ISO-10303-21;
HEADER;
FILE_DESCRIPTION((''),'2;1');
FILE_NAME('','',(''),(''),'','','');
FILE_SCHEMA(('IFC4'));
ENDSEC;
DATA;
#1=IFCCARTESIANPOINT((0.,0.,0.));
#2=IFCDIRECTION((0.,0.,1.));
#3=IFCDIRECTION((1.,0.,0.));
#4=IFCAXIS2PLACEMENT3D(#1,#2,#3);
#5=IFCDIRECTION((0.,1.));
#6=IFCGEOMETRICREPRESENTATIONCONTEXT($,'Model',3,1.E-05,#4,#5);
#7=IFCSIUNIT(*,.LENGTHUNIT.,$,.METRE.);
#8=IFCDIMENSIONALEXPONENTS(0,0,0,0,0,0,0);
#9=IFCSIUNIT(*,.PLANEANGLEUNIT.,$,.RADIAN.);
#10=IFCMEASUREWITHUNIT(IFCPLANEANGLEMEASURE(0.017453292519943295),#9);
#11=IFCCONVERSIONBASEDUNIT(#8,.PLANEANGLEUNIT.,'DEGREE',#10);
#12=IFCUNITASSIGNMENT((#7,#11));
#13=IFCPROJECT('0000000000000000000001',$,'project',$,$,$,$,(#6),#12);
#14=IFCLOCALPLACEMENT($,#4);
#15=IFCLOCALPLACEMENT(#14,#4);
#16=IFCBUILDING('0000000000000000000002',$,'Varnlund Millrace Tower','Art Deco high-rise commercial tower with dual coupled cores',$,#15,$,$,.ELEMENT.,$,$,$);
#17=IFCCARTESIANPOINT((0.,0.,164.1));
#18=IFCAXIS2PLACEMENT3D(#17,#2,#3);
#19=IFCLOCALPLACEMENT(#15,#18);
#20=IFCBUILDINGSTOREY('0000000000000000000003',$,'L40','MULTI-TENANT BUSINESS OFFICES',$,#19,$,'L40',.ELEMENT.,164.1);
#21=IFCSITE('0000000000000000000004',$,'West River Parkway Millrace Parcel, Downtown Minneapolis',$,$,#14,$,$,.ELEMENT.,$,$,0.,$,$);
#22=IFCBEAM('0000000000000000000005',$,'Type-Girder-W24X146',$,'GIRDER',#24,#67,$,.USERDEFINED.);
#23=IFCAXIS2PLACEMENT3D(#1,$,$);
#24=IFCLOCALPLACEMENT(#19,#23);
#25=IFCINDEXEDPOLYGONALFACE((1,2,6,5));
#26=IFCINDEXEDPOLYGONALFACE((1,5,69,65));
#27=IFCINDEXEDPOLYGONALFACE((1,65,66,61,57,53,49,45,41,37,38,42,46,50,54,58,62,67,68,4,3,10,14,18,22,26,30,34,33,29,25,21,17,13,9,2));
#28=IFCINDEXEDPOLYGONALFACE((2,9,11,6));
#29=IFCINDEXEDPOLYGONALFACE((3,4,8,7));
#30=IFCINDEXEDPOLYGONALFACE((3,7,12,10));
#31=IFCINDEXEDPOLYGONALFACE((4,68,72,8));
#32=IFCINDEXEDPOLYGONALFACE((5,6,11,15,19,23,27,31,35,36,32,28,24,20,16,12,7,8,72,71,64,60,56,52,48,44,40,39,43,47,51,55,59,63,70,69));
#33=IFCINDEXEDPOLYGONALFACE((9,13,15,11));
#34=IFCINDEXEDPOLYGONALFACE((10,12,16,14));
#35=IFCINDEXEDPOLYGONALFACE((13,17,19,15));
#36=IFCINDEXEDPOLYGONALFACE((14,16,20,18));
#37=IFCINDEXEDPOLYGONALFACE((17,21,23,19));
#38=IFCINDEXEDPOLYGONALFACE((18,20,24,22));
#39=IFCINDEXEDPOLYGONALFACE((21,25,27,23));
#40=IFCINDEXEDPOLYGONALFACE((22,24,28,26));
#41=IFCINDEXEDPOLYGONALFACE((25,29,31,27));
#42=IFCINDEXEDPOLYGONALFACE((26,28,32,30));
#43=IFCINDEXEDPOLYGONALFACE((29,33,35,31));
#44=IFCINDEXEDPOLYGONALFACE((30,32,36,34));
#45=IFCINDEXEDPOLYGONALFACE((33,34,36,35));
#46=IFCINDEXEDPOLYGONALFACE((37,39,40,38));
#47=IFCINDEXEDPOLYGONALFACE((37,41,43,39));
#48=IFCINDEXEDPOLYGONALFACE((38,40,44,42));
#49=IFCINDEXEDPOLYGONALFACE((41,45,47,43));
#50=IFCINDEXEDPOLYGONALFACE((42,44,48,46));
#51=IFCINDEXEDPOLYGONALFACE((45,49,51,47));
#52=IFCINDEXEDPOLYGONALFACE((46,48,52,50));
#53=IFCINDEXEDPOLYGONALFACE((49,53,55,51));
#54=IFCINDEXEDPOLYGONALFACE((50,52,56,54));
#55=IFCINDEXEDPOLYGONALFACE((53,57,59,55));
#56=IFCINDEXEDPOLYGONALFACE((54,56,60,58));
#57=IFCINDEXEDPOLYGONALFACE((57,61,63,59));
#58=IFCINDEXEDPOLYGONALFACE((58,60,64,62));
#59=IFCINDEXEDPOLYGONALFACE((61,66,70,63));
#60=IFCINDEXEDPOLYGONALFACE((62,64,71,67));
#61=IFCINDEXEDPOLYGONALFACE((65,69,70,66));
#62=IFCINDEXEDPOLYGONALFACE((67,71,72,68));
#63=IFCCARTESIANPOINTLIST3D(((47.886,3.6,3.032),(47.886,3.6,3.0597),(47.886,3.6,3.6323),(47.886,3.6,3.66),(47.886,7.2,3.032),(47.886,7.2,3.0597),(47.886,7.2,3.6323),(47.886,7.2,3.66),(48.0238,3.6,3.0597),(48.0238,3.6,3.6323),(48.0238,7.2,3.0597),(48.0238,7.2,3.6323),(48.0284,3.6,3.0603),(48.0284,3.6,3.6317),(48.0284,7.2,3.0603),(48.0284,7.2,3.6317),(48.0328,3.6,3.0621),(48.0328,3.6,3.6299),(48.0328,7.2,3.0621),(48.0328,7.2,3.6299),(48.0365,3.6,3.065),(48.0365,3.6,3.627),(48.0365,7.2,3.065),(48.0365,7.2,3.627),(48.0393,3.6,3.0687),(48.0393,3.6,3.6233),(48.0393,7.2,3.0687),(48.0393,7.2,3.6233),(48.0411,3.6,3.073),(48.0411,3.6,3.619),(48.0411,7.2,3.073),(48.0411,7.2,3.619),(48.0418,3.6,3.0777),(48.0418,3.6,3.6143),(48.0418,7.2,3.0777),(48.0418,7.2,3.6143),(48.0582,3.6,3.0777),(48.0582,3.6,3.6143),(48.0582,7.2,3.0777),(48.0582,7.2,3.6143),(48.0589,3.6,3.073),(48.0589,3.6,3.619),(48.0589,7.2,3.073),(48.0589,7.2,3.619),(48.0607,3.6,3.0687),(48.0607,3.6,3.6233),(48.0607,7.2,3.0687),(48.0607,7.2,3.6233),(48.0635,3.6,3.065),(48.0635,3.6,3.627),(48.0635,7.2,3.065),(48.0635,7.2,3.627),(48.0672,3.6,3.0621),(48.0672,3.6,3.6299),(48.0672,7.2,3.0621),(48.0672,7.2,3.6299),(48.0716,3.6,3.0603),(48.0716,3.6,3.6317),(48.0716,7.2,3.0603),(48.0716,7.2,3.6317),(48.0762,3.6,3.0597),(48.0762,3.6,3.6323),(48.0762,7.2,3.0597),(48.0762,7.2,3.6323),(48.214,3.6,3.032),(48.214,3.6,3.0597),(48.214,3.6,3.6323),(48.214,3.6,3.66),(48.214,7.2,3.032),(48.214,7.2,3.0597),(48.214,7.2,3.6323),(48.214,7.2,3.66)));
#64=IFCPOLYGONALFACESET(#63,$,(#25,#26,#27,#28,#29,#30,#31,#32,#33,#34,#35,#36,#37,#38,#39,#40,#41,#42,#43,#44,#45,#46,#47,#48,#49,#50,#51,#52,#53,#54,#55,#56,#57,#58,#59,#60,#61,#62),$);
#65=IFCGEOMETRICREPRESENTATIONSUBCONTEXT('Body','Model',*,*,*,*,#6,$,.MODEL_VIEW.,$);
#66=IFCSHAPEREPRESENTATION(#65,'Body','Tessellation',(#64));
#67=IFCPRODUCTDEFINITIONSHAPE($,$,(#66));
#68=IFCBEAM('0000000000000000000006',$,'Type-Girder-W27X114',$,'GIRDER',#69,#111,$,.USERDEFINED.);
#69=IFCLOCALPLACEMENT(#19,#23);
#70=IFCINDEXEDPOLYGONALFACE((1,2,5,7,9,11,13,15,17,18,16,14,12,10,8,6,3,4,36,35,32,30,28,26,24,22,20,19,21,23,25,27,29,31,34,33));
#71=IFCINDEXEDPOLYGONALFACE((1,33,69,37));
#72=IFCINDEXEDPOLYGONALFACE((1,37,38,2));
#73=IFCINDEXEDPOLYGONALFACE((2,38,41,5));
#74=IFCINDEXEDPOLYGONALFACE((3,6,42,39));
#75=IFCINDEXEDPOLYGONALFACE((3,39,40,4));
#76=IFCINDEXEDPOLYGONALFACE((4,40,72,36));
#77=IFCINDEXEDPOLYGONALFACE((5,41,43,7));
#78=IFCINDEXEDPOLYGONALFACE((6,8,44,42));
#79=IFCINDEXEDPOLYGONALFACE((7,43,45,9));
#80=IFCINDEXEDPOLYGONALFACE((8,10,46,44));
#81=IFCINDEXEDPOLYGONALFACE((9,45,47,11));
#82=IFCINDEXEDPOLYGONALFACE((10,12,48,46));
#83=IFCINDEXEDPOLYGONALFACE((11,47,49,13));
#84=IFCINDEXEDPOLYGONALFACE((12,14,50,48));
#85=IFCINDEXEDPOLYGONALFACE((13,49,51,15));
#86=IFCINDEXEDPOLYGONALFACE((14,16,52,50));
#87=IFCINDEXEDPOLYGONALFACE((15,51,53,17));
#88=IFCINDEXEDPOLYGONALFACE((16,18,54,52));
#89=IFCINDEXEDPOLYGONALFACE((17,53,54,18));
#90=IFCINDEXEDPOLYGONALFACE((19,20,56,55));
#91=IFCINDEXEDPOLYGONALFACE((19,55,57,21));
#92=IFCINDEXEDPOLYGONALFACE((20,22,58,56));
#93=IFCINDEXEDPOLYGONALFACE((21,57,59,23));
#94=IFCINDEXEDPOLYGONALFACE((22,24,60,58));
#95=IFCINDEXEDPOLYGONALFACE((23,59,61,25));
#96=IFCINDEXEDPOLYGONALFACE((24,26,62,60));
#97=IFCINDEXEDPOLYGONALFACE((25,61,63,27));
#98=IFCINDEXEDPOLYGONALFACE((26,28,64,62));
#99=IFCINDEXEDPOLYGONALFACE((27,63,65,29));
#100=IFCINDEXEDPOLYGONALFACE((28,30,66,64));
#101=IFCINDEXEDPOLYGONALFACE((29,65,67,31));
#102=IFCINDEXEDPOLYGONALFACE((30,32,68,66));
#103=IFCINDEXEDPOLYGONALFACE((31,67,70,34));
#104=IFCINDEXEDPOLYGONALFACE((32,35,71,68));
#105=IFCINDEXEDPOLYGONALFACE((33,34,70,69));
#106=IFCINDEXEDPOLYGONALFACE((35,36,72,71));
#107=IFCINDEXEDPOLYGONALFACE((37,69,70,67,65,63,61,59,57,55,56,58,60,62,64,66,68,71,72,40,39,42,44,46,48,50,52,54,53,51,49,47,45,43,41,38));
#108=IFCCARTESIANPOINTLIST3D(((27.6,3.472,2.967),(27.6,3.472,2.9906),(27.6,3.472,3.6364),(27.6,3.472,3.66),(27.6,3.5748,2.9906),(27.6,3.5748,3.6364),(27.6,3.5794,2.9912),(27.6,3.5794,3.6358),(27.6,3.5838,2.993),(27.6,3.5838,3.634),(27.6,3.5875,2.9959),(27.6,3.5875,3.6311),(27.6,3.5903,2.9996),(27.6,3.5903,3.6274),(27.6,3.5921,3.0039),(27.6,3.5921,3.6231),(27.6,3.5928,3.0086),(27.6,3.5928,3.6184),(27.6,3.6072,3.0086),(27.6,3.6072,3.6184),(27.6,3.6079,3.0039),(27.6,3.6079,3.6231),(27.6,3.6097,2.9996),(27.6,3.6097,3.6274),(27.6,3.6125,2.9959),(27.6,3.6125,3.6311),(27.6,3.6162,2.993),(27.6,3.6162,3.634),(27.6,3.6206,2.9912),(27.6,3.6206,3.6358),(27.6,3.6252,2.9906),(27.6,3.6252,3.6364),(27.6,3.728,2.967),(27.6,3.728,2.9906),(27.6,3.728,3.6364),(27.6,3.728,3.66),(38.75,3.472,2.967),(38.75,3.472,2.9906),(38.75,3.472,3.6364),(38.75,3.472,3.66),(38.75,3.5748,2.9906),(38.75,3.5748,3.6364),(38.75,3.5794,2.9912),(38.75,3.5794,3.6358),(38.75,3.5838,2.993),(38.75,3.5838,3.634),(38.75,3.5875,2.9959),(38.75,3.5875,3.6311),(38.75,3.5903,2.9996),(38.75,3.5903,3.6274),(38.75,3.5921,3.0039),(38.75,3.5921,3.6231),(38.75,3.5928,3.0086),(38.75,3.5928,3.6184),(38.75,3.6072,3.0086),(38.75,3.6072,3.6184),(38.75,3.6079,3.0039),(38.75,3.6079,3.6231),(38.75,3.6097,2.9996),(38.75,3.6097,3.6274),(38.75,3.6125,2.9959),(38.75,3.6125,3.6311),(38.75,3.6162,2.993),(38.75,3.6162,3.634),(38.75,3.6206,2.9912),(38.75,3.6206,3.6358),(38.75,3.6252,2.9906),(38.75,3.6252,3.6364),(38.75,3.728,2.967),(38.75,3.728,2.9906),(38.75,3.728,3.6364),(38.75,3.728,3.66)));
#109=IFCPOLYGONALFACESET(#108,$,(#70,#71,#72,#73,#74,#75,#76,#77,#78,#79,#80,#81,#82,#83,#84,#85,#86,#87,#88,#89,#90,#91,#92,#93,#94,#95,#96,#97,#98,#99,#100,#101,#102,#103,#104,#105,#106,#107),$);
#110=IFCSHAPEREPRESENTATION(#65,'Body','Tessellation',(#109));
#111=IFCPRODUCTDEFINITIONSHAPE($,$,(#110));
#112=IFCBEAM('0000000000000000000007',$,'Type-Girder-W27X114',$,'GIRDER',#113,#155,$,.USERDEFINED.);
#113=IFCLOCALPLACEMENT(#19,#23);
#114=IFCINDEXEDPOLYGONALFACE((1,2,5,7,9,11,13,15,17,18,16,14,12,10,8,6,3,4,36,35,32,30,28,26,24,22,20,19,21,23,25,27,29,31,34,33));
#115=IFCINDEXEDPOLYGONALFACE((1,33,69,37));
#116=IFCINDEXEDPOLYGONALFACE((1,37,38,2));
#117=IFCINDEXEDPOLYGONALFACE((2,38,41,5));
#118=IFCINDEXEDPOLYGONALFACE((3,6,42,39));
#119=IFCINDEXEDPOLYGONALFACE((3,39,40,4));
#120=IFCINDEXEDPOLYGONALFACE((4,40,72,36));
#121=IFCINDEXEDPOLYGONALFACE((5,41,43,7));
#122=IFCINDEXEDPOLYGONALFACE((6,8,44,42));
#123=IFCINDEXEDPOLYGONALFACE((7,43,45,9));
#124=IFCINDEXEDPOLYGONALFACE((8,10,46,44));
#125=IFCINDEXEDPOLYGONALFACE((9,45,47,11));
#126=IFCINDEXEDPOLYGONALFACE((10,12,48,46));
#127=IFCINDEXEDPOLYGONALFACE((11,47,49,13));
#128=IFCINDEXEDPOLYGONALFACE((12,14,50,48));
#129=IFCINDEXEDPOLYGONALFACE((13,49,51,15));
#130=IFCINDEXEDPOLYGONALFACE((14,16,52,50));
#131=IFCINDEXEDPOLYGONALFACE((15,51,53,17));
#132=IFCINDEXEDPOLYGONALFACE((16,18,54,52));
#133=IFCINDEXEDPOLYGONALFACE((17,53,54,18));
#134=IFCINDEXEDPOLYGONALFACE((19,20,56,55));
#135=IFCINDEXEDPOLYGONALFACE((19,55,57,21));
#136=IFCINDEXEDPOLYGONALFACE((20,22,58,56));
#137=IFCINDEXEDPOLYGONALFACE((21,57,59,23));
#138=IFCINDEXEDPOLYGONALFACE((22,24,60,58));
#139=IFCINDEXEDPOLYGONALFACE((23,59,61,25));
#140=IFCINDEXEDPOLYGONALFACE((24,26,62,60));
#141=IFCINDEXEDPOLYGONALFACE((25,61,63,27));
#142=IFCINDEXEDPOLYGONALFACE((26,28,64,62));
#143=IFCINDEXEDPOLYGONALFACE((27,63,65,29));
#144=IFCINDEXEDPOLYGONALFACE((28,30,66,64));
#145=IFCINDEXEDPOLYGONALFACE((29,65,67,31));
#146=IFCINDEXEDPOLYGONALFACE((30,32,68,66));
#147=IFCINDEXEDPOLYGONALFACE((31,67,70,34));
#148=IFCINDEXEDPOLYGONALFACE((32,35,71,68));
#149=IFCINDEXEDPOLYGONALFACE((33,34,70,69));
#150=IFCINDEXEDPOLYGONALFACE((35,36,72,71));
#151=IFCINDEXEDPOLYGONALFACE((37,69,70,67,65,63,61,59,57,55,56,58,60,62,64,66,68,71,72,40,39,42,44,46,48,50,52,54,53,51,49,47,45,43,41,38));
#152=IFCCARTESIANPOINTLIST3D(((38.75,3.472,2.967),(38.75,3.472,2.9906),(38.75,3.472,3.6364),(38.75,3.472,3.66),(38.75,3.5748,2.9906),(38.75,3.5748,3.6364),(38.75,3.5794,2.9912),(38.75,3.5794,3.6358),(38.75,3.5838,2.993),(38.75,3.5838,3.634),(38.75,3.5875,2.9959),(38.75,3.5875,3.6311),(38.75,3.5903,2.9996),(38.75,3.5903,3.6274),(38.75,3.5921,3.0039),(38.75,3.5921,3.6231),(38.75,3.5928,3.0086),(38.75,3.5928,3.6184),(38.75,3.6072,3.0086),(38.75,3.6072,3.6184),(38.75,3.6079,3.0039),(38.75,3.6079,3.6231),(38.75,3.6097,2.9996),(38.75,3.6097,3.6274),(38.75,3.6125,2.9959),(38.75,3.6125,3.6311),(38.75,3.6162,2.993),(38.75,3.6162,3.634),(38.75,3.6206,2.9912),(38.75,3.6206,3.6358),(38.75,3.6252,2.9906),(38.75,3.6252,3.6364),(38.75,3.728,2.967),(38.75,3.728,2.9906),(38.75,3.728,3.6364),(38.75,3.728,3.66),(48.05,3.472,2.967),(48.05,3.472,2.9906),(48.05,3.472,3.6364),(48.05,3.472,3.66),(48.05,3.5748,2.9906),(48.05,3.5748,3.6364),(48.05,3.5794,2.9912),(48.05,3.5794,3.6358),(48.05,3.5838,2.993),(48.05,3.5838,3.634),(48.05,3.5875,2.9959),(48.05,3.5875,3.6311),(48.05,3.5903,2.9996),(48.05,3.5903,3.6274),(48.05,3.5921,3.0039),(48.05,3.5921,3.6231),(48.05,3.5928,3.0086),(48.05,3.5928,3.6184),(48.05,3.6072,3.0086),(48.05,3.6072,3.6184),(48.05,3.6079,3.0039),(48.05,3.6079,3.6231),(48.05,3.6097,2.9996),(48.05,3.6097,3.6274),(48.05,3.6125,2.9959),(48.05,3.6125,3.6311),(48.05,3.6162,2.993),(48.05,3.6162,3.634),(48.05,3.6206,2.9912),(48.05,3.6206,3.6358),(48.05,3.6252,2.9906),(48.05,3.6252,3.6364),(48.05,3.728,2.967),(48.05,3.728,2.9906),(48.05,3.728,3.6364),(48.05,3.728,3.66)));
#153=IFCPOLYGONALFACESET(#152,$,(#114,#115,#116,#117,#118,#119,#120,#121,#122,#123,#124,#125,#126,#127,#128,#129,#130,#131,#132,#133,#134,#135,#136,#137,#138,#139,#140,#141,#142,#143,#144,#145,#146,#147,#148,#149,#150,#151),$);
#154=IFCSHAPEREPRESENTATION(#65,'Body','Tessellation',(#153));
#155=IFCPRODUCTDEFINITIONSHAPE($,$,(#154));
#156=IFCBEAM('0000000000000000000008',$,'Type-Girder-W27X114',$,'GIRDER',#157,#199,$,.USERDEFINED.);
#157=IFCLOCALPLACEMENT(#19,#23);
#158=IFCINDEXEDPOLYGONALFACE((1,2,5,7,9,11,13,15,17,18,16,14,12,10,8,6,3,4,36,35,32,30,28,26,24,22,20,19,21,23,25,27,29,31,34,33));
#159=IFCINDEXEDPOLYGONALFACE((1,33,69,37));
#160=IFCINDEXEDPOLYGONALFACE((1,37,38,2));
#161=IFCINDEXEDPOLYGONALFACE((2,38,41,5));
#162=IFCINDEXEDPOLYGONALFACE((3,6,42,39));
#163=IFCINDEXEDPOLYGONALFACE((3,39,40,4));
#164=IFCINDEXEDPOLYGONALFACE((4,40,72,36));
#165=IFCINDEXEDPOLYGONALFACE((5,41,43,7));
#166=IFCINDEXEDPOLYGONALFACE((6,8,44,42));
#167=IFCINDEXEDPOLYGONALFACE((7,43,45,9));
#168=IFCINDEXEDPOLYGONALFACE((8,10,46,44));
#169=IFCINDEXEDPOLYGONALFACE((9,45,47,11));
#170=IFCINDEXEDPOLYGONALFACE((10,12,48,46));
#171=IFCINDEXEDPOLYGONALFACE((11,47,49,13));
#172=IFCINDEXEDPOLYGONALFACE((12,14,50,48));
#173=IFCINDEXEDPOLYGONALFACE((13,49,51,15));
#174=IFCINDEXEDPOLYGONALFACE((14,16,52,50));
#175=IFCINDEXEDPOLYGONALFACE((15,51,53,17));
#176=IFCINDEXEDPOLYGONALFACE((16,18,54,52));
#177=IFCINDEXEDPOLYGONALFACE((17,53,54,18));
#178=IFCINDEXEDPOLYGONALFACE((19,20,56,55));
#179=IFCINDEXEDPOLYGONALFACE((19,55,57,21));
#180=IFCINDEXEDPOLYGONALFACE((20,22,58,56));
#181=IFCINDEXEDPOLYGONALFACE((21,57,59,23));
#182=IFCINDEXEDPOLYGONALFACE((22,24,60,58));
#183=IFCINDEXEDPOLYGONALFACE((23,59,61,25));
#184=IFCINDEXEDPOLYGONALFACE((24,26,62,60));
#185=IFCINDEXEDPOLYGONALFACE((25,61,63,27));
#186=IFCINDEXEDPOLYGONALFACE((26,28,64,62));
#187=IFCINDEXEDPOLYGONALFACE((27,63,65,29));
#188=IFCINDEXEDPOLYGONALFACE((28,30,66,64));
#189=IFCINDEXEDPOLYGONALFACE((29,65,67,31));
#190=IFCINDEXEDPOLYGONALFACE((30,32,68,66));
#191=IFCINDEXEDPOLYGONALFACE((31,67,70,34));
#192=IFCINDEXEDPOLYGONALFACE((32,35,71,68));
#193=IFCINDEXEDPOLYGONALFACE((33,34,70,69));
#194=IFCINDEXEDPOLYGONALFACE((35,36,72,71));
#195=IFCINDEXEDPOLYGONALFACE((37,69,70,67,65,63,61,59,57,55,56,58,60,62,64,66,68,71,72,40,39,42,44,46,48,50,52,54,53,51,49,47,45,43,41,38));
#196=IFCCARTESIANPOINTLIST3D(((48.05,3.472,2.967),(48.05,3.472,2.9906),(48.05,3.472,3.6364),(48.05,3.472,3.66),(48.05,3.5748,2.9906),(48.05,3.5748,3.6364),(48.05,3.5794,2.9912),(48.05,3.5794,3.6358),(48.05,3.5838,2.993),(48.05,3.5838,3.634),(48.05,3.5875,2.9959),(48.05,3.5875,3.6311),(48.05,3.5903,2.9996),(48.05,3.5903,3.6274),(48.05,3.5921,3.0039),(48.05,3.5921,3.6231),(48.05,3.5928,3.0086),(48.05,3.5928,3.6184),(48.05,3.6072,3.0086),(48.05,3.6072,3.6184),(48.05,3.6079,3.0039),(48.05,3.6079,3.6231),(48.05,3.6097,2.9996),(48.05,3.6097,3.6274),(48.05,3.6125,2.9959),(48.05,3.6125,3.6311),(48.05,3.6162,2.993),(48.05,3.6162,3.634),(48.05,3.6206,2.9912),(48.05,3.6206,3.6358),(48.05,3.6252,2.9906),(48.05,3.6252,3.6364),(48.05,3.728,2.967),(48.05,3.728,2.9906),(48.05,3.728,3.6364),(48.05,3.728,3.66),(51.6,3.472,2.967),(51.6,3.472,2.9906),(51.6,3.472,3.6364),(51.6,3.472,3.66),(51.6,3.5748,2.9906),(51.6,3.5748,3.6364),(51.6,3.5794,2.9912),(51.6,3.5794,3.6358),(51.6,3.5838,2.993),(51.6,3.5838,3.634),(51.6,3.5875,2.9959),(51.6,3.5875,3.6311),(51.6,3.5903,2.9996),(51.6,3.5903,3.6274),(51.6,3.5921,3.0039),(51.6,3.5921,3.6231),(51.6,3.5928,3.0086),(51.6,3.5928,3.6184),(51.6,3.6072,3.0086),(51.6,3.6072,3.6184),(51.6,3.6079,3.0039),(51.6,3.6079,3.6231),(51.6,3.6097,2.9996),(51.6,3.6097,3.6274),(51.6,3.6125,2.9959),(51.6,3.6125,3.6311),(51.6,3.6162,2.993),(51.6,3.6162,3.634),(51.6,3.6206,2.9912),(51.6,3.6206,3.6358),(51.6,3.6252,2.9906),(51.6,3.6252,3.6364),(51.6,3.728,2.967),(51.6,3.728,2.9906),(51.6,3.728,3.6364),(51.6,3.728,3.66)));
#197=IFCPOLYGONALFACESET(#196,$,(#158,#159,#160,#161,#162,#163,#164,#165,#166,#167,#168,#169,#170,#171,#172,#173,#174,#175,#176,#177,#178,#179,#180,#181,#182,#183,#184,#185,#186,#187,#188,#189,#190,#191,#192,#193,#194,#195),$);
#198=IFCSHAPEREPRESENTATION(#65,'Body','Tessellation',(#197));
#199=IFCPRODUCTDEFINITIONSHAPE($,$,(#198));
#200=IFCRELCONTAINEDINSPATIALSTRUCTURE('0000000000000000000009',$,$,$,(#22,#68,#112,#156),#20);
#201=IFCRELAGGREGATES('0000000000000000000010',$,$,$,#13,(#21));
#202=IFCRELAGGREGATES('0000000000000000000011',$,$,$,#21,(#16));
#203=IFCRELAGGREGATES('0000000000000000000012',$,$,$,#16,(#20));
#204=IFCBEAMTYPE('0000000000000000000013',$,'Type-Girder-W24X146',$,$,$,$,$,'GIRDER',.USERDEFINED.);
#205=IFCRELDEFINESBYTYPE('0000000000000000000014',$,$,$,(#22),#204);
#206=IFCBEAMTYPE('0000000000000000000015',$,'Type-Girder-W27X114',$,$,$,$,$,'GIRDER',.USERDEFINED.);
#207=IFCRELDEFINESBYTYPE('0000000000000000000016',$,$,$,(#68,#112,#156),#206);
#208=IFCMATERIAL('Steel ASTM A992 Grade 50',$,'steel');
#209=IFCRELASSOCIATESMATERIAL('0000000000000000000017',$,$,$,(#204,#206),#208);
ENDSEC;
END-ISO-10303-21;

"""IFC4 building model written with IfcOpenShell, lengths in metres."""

from ifc_helpers import new_model, entity, si_unit, converted_unit, direction, frame, origin_with_axes, origin_2d_with_axis, place, context, subcontext, project, spatial, i_section, extrude, material, material_profile, profile_set, type_object, element, save


model = new_model("IFC4")

# Units and contexts
model_context = context("Model", 3, precision=1e-05, world=origin_with_axes(), true_north=direction((0.0, 1.0)))
body_context = subcontext(model_context, "Body", "Model", "MODEL_VIEW")
ifc_project = project(units=[si_unit("LENGTHUNIT", "METRE"), converted_unit("PLANEANGLEUNIT", "DEGREE", entity("IfcPlaneAngleMeasure", 0.017453292519943295), si_unit("PLANEANGLEUNIT", "RADIAN"), dimensions=[0, 0, 0, 0, 0, 0, 0])], contexts=[model_context])

# Site, building, storey
site_placement = place(None, origin_with_axes())
site = spatial("IfcSite", under=ifc_project, at=site_placement, Name="West River Parkway Millrace Parcel, Downtown Minneapolis", CompositionType="ELEMENT", RefElevation=0.0)
building_placement = place(site_placement, origin_with_axes())
building = spatial("IfcBuilding", under=site, at=building_placement, Name="Varnlund Millrace Tower", Description="Art Deco high-rise commercial tower with dual coupled cores", CompositionType="ELEMENT")
storey_placement = place(building_placement, frame((0.0, 0.0, 164.1), z_axis=(0.0, 0.0, 1.0), x_axis=(1.0, 0.0, 0.0)))
storey = spatial("IfcBuildingStorey", under=building, at=storey_placement, Name="L40", Description="MULTI-TENANT BUSINESS OFFICES", LongName="L40", CompositionType="ELEMENT", Elevation=164.1)

# Beams
ifc_material_1 = material(Name="Steel ASTM A992 Grade 50", Category="steel")
ifc_material_profile_1 = material_profile(ifc_material_1, i_section(OverallWidth=0.328, OverallDepth=0.628, WebThickness=0.0165, FlangeThickness=0.0277, FilletRadius=0.018, at=origin_2d_with_axis()), Name="Steel ASTM A992 Grade 50")
ifc_profile_set_1 = profile_set([ifc_material_profile_1], Name="Steel ASTM A992 Grade 50")
beam_type_1 = type_object("IfcBeamType", Name="Type-Girder-W24X146", ElementType="GIRDER", PredefinedType="USERDEFINED", material=ifc_profile_set_1)
beam_1_placement = place(storey_placement, frame((48.05, 3.6, 3.346), z_axis=(0.0, 1.0, 0.0), x_axis=(-1.0, 0.0, 0.0)))
element("IfcBeam", 1, at=beam_1_placement, inside=storey, type_object=beam_type_1, Name="Type-Girder-W24X146", ObjectType="GIRDER", PredefinedType="USERDEFINED", context=body_context, shape_type="SweptSolid", body=[
    extrude(i_section(OverallWidth=0.328, OverallDepth=0.628, WebThickness=0.0165, FlangeThickness=0.0277, FilletRadius=0.018, at=origin_2d_with_axis()), origin_with_axes(), (0.0, 0.0, 1.0), 3.6),
])
ifc_material_profile_2 = material_profile(ifc_material_1, i_section(OverallWidth=0.256, OverallDepth=0.693, WebThickness=0.0145, FlangeThickness=0.0236, FilletRadius=0.018, at=origin_2d_with_axis()), Name="Steel ASTM A992 Grade 50")
ifc_profile_set_2 = profile_set([ifc_material_profile_2], Name="Steel ASTM A992 Grade 50")
beam_type_2 = type_object("IfcBeamType", Name="Type-Girder-W27X114", ElementType="GIRDER", PredefinedType="USERDEFINED", material=ifc_profile_set_2)
beam_2_placement = place(storey_placement, frame((27.6, 3.6, 3.3135), z_axis=(1.0, 0.0, 0.0), x_axis=(0.0, 1.0, 0.0)))
element("IfcBeam", 2, at=beam_2_placement, inside=storey, type_object=beam_type_2, Name="Type-Girder-W27X114", ObjectType="GIRDER", PredefinedType="USERDEFINED", context=body_context, shape_type="SweptSolid", body=[
    extrude(i_section(OverallWidth=0.256, OverallDepth=0.693, WebThickness=0.0145, FlangeThickness=0.0236, FilletRadius=0.018, at=origin_2d_with_axis()), origin_with_axes(), (0.0, 0.0, 1.0), 11.15),
])
beam_3_placement = place(storey_placement, frame((38.75, 3.6, 3.3135), z_axis=(1.0, 0.0, 0.0), x_axis=(0.0, 1.0, 0.0)))
element("IfcBeam", 3, at=beam_3_placement, inside=storey, type_object=beam_type_2, Name="Type-Girder-W27X114", ObjectType="GIRDER", PredefinedType="USERDEFINED", context=body_context, shape_type="SweptSolid", body=[
    extrude(i_section(OverallWidth=0.256, OverallDepth=0.693, WebThickness=0.0145, FlangeThickness=0.0236, FilletRadius=0.018, at=origin_2d_with_axis()), origin_with_axes(), (0.0, 0.0, 1.0), 9.3),
])
beam_4_placement = place(storey_placement, frame((48.05, 3.6, 3.3135), z_axis=(1.0, 0.0, 0.0), x_axis=(0.0, 1.0, 0.0)))
element("IfcBeam", 4, at=beam_4_placement, inside=storey, type_object=beam_type_2, Name="Type-Girder-W27X114", ObjectType="GIRDER", PredefinedType="USERDEFINED", context=body_context, shape_type="SweptSolid", body=[
    extrude(i_section(OverallWidth=0.256, OverallDepth=0.693, WebThickness=0.0145, FlangeThickness=0.0236, FilletRadius=0.018, at=origin_2d_with_axis()), origin_with_axes(), (0.0, 0.0, 1.0), 3.55),
])

save(model, "model.ifc")
